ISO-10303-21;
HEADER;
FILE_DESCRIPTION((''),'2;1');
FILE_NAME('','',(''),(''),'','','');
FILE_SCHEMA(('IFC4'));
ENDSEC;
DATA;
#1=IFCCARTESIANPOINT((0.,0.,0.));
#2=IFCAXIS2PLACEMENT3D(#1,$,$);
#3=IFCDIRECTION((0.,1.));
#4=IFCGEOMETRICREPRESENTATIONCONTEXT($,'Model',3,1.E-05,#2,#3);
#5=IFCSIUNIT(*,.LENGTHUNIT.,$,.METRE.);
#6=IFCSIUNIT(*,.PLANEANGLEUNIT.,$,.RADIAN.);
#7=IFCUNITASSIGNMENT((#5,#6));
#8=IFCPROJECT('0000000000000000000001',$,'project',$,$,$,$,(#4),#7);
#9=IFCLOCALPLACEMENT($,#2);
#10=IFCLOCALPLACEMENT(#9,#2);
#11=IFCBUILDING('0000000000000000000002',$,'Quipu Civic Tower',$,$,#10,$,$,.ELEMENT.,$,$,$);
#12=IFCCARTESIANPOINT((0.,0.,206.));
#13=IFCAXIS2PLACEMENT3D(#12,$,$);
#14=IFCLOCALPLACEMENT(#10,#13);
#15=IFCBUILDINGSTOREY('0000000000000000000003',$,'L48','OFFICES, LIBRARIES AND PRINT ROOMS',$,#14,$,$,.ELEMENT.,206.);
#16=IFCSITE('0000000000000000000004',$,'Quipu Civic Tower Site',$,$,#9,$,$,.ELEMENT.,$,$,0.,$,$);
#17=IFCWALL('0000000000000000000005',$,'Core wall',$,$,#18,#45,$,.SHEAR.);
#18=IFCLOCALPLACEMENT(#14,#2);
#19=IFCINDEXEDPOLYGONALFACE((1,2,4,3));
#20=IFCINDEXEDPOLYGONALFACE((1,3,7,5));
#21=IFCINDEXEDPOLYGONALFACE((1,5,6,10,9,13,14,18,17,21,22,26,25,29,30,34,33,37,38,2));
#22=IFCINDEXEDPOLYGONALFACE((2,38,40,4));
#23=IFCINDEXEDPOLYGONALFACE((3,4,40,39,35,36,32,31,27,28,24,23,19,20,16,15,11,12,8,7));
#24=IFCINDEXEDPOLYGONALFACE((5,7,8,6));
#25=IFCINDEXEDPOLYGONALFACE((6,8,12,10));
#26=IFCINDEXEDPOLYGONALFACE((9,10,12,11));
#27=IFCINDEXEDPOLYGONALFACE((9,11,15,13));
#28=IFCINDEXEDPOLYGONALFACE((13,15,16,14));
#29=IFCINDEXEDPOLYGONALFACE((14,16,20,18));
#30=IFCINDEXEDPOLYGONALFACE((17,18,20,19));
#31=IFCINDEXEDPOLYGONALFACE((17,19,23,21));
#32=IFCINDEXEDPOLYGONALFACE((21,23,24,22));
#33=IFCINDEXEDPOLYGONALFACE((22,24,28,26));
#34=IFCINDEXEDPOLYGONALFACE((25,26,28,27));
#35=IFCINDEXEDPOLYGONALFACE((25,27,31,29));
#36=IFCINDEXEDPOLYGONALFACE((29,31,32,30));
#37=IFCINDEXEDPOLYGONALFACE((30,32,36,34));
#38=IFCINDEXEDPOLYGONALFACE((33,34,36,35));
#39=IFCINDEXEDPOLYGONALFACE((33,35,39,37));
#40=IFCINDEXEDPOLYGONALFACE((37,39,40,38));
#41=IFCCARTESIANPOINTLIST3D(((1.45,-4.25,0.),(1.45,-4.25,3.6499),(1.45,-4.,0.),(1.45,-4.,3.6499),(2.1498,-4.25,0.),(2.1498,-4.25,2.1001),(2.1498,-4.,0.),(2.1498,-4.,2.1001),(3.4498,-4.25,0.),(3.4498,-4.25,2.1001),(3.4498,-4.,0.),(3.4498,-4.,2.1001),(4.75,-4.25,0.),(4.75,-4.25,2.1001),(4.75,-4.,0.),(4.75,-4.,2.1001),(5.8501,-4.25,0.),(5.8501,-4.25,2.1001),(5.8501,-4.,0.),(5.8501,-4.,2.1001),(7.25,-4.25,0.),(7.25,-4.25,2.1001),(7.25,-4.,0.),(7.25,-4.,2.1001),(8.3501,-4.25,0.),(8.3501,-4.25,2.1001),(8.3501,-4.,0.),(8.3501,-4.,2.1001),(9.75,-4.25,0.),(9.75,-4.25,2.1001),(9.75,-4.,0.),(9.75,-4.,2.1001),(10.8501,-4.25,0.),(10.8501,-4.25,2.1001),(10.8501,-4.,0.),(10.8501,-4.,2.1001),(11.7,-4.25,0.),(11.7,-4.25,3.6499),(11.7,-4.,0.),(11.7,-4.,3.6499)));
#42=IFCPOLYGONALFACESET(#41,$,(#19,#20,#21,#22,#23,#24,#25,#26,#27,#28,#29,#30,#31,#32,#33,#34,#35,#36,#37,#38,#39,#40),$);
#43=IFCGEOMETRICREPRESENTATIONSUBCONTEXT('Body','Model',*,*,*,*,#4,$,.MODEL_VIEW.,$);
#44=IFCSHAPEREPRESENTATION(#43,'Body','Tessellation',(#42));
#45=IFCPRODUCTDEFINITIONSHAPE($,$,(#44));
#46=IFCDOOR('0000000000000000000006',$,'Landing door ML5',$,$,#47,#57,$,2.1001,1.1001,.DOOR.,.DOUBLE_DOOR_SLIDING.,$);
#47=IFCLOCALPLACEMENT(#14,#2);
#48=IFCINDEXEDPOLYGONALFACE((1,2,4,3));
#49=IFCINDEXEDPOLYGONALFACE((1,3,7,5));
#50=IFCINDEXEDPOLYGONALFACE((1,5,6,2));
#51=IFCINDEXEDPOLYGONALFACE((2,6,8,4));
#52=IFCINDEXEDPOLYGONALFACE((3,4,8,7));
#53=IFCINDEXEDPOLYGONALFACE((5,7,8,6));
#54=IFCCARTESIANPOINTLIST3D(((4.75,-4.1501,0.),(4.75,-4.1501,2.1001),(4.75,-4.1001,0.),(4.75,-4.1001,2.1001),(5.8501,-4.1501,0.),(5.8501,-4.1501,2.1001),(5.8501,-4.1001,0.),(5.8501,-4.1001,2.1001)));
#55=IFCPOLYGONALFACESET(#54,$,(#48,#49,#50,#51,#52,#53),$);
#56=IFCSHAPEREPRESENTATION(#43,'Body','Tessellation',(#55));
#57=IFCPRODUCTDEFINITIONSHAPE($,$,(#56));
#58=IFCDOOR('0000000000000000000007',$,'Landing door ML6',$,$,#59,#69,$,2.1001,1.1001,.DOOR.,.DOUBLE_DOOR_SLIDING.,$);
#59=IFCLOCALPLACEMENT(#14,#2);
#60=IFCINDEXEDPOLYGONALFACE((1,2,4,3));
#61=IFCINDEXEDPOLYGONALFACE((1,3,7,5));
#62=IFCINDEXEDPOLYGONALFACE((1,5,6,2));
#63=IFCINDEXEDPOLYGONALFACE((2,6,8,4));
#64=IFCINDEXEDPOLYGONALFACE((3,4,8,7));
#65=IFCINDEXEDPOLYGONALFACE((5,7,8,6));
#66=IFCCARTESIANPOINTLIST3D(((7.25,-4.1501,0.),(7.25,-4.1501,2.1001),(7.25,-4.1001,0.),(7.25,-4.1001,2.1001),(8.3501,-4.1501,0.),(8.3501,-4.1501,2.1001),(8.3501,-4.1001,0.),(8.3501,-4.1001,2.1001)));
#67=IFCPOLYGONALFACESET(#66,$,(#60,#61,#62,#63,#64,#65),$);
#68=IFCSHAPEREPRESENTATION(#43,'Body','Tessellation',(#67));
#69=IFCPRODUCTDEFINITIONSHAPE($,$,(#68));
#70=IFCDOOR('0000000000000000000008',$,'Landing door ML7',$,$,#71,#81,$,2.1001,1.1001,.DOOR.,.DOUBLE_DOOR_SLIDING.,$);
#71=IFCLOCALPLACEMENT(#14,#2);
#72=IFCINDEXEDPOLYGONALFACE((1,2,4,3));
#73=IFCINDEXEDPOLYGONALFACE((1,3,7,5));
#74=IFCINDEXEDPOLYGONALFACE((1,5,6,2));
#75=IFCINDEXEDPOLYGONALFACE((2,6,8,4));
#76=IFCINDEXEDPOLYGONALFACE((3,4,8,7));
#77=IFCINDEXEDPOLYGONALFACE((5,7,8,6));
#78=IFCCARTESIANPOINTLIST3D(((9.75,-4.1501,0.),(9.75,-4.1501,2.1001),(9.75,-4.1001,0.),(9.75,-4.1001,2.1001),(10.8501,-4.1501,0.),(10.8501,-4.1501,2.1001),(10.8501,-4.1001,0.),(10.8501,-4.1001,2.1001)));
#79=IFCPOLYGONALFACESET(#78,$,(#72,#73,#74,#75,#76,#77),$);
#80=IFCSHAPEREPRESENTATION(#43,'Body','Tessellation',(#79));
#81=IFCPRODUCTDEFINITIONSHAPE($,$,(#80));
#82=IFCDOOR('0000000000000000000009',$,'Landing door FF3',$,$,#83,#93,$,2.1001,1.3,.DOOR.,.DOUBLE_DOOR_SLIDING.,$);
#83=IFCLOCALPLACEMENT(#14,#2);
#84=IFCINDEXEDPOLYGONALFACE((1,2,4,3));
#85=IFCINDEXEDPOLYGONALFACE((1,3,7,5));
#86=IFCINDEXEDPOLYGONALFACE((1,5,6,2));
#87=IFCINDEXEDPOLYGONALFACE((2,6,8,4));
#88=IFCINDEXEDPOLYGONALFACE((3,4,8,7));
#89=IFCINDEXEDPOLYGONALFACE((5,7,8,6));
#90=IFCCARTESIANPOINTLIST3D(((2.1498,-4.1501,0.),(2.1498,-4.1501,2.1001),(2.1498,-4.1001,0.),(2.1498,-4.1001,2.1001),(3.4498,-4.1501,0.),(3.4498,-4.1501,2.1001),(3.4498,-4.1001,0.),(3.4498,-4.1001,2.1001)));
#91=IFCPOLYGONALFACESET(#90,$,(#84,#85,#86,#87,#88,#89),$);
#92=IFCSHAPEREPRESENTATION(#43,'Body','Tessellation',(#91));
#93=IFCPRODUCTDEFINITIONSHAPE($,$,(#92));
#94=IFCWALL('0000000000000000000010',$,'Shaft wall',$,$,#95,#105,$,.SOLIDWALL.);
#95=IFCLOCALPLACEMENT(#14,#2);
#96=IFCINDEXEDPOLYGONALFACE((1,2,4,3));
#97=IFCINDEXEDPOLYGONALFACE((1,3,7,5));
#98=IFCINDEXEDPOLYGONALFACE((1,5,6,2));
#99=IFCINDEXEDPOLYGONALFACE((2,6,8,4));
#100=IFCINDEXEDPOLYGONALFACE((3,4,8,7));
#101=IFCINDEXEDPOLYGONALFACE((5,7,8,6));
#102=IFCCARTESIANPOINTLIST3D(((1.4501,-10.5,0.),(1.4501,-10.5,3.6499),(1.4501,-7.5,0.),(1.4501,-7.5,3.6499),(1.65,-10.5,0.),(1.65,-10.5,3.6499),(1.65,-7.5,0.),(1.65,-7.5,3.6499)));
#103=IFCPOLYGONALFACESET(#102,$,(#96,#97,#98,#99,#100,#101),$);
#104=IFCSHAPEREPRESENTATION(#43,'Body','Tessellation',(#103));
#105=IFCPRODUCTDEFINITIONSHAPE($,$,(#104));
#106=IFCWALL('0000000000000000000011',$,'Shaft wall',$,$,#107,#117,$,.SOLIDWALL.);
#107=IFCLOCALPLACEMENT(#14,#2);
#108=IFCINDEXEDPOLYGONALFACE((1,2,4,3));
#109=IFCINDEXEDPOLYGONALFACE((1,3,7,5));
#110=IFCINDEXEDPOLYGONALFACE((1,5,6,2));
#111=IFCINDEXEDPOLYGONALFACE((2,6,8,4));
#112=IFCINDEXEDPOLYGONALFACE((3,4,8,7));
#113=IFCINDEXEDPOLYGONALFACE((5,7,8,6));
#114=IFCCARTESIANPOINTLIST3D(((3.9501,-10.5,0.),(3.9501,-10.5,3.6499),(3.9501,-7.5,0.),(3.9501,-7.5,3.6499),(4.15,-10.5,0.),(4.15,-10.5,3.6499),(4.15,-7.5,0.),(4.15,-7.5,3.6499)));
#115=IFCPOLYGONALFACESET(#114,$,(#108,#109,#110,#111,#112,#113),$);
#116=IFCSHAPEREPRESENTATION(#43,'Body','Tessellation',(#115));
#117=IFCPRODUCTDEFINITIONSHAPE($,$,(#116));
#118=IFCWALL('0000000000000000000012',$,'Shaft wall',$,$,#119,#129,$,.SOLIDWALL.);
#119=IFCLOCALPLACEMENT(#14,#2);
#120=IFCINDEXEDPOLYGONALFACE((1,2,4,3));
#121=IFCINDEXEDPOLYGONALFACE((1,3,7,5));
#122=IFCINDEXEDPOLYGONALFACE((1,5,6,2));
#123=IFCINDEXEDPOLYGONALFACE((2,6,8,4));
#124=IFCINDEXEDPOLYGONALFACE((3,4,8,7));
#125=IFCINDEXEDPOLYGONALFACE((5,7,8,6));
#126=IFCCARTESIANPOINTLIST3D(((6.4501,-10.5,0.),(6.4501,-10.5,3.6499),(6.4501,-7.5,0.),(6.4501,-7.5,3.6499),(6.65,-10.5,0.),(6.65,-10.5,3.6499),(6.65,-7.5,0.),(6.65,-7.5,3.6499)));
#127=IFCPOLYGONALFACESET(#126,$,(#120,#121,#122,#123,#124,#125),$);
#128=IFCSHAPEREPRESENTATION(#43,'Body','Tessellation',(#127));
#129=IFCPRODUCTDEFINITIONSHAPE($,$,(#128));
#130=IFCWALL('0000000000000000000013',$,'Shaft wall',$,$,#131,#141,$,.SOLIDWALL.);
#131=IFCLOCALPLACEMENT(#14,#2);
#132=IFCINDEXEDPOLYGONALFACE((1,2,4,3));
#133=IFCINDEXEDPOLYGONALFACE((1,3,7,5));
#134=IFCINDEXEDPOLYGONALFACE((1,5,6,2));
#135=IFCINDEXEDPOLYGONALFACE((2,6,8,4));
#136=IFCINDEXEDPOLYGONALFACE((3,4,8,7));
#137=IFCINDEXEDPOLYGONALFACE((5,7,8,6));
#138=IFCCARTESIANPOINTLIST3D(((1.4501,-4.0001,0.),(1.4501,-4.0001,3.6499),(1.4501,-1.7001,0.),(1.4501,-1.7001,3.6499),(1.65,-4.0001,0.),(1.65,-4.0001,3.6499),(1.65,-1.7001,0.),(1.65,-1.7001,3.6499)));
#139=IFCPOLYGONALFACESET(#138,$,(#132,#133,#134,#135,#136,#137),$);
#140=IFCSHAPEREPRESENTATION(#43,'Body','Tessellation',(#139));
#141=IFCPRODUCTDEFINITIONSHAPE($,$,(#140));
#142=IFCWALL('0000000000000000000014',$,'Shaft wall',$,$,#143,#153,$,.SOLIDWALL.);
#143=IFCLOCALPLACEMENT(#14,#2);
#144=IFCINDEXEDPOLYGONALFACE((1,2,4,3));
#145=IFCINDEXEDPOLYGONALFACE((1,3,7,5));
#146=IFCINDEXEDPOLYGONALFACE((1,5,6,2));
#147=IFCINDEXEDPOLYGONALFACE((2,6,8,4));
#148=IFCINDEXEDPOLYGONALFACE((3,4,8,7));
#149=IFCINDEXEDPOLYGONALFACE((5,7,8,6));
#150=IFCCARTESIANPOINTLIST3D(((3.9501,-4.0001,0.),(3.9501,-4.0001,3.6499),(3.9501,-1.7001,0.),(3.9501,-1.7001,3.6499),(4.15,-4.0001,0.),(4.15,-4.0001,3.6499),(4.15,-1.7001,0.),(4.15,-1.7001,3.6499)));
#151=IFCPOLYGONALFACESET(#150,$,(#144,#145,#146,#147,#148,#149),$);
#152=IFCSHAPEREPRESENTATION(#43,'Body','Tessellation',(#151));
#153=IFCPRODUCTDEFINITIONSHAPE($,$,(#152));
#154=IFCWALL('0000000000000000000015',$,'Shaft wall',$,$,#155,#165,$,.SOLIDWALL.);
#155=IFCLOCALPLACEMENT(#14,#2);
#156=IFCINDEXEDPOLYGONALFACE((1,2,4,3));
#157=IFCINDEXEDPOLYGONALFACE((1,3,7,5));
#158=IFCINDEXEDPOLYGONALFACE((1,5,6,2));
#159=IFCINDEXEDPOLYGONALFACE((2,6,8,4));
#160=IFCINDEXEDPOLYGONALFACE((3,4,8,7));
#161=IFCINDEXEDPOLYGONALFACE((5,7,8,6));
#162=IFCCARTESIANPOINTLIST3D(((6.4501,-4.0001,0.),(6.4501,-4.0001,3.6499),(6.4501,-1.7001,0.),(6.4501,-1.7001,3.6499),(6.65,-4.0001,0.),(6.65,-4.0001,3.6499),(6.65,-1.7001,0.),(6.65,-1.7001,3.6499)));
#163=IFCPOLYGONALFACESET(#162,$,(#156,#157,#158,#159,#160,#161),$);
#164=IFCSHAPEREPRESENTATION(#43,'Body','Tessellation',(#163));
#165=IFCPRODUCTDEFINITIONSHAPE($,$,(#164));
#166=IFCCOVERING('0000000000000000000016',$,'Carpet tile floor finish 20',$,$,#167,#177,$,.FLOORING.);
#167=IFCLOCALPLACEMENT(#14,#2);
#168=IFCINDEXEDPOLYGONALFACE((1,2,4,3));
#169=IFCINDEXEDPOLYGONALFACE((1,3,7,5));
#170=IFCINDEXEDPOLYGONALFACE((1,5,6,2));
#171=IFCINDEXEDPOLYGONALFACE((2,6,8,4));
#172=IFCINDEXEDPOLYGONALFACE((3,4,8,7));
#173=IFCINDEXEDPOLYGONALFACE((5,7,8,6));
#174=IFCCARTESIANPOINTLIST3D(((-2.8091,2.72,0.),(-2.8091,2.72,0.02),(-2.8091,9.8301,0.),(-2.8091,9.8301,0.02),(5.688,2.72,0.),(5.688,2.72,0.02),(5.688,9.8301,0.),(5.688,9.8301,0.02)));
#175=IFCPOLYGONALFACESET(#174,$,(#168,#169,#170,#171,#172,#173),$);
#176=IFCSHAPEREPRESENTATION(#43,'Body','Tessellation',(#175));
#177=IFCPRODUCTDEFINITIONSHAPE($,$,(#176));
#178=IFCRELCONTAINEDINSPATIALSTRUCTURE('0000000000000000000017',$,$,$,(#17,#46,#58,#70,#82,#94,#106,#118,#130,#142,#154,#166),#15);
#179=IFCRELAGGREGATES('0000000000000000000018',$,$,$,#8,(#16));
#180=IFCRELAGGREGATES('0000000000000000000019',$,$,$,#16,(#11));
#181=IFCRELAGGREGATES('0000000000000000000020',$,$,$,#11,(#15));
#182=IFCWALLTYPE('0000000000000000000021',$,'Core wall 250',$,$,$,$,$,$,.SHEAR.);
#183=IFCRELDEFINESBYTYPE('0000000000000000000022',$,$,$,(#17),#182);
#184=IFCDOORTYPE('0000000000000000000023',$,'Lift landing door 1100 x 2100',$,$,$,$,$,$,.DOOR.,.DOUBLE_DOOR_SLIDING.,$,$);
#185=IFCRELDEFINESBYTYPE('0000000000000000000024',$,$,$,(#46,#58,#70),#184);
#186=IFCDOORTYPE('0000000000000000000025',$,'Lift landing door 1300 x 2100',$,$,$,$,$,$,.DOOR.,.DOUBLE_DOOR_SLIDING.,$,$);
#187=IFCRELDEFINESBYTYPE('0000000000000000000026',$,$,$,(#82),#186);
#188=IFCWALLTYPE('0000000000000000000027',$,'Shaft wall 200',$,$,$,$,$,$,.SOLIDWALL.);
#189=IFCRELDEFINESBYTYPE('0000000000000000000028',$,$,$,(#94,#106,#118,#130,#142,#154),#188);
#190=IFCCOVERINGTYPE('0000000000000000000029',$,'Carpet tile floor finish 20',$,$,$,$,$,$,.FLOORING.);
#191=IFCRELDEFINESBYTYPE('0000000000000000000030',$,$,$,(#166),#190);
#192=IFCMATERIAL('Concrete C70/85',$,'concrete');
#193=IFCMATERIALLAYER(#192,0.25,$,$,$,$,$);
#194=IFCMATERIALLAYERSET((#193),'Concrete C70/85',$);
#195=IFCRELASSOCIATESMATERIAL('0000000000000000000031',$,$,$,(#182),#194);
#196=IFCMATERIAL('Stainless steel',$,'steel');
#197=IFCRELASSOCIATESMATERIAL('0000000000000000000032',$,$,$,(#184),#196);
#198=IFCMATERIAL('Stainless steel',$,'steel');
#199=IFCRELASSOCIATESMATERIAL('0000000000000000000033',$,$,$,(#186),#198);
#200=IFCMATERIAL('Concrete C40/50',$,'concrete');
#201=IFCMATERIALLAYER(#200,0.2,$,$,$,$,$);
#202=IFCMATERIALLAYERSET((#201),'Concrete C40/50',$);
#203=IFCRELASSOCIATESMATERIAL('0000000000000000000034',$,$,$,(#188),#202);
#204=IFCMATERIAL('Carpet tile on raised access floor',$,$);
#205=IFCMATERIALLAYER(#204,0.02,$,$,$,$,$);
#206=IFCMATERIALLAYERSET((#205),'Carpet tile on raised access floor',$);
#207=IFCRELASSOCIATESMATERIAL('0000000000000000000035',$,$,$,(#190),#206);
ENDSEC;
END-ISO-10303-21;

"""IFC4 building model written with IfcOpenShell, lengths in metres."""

from ifc_helpers import new_model, si_unit, direction, frame, frame_2d, origin, place, context, subcontext, project, spatial, polyline, rectangle, outline, extrude, material, layer, layer_set, type_object, element, fill, save


model = new_model("IFC4")

# Units and contexts
model_context = context("Model", 3, precision=1e-05, world=origin(), true_north=direction((0.0, 1.0)))
body_context = subcontext(model_context, "Body", "Model", "MODEL_VIEW")
ifc_project = project(units=[si_unit("LENGTHUNIT", "METRE"), si_unit("PLANEANGLEUNIT", "RADIAN")], contexts=[model_context])

# Site, building, storey
site_placement = place(None, origin())
site = spatial("IfcSite", under=ifc_project, at=site_placement, Name="Quipu Civic Tower Site", CompositionType="ELEMENT", RefElevation=0.0)
building_placement = place(site_placement, origin())
building = spatial("IfcBuilding", under=site, at=building_placement, Name="Quipu Civic Tower", CompositionType="ELEMENT")
storey_placement = place(building_placement, frame((0.0, 0.0, 206.0)))
storey = spatial("IfcBuildingStorey", under=building, at=storey_placement, Name="L48", Description="OFFICES, LIBRARIES AND PRINT ROOMS", CompositionType="ELEMENT", Elevation=206.0)

# Wall, openings, doors
ifc_material_1 = material(Name="Concrete C70/85", Category="concrete")
ifc_layer_1 = layer(ifc_material_1, 0.25)
ifc_layer_set_1 = layer_set([ifc_layer_1], Name="Concrete C70/85")
wall_type_1 = type_object("IfcWallType", Name="Core wall 250", PredefinedType="SHEAR", material=ifc_layer_set_1)
wall_placement = place(storey_placement, frame((1.45, -4.125, 0.0), z_axis=(0.0, 0.0, 1.0), x_axis=(1.0, 0.0, 0.0)))
wall = element("IfcWall", 1, at=wall_placement, inside=storey, type_object=wall_type_1, Name="Core wall", PredefinedType="SHEAR", context=body_context, shape_type="SweptSolid", body=[
    extrude(rectangle(XDim=10.25, YDim=0.25, at=frame_2d((5.125, 0.0))), origin(), (0.0, 0.0, 1.0), 3.6499),
])
opening_1_placement = place(wall_placement, frame((0.7, 0.0, 0.0)))
opening_1 = element("IfcOpeningElement", 2, at=opening_1_placement, cuts=wall, PredefinedType="OPENING", context=body_context, shape_type="SweptSolid", body=[
    extrude(rectangle(XDim=1.3, YDim=2.1001, at=frame_2d((0.6499, 1.05))), frame((0.0, 0.135, 0.0), z_axis=(0.0, -1.0, 0.0), x_axis=(1.0, 0.0, 0.0)), (0.0, 0.0, 1.0), 0.27),
])
opening_2_placement = place(wall_placement, frame((3.3, 0.0, 0.0)))
opening_2 = element("IfcOpeningElement", 3, at=opening_2_placement, cuts=wall, PredefinedType="OPENING", context=body_context, shape_type="SweptSolid", body=[
    extrude(rectangle(XDim=1.1001, YDim=2.1001, at=frame_2d((0.55, 1.05))), frame((0.0, 0.135, 0.0), z_axis=(0.0, -1.0, 0.0), x_axis=(1.0, 0.0, 0.0)), (0.0, 0.0, 1.0), 0.27),
])
opening_3_placement = place(wall_placement, frame((5.8, 0.0, 0.0)))
opening_3 = element("IfcOpeningElement", 4, at=opening_3_placement, cuts=wall, PredefinedType="OPENING", context=body_context, shape_type="SweptSolid", body=[
    extrude(rectangle(XDim=1.1001, YDim=2.1001, at=frame_2d((0.55, 1.05))), frame((0.0, 0.135, 0.0), z_axis=(0.0, -1.0, 0.0), x_axis=(1.0, 0.0, 0.0)), (0.0, 0.0, 1.0), 0.27),
])
opening_4_placement = place(wall_placement, frame((8.3, 0.0, 0.0)))
opening_4 = element("IfcOpeningElement", 5, at=opening_4_placement, cuts=wall, PredefinedType="OPENING", context=body_context, shape_type="SweptSolid", body=[
    extrude(rectangle(XDim=1.1001, YDim=2.1001, at=frame_2d((0.55, 1.05))), frame((0.0, 0.135, 0.0), z_axis=(0.0, -1.0, 0.0), x_axis=(1.0, 0.0, 0.0)), (0.0, 0.0, 1.0), 0.27),
])
ifc_material_2 = material(Name="Stainless steel", Category="steel")
door_type_1 = type_object("IfcDoorType", Name="Lift landing door 1100 x 2100", OperationType="DOUBLE_DOOR_SLIDING", PredefinedType="DOOR", material=ifc_material_2)
door_1_placement = place(opening_2_placement, origin())
door_1 = element("IfcDoor", 6, at=door_1_placement, inside=storey, type_object=door_type_1, Name="Landing door ML5", OperationType="DOUBLE_DOOR_SLIDING", OverallHeight=2.1001, OverallWidth=1.1001, PredefinedType="DOOR", context=body_context, shape_type="SweptSolid", body=[
    extrude(rectangle(XDim=1.1001, YDim=2.1001, at=frame_2d((0.55, 1.05))), frame((0.0, 0.0249, 0.0), z_axis=(0.0, -1.0, 0.0), x_axis=(1.0, 0.0, 0.0)), (0.0, 0.0, 1.0), 0.05),
])
fill(opening_2, door_1)
door_2_placement = place(opening_3_placement, origin())
door_2 = element("IfcDoor", 7, at=door_2_placement, inside=storey, type_object=door_type_1, Name="Landing door ML6", OperationType="DOUBLE_DOOR_SLIDING", OverallHeight=2.1001, OverallWidth=1.1001, PredefinedType="DOOR", context=body_context, shape_type="SweptSolid", body=[
    extrude(rectangle(XDim=1.1001, YDim=2.1001, at=frame_2d((0.55, 1.05))), frame((0.0, 0.0249, 0.0), z_axis=(0.0, -1.0, 0.0), x_axis=(1.0, 0.0, 0.0)), (0.0, 0.0, 1.0), 0.05),
])
fill(opening_3, door_2)
door_3_placement = place(opening_4_placement, origin())
door_3 = element("IfcDoor", 8, at=door_3_placement, inside=storey, type_object=door_type_1, Name="Landing door ML7", OperationType="DOUBLE_DOOR_SLIDING", OverallHeight=2.1001, OverallWidth=1.1001, PredefinedType="DOOR", context=body_context, shape_type="SweptSolid", body=[
    extrude(rectangle(XDim=1.1001, YDim=2.1001, at=frame_2d((0.55, 1.05))), frame((0.0, 0.0249, 0.0), z_axis=(0.0, -1.0, 0.0), x_axis=(1.0, 0.0, 0.0)), (0.0, 0.0, 1.0), 0.05),
])
fill(opening_4, door_3)
ifc_material_3 = material(Name="Stainless steel", Category="steel")
door_type_2 = type_object("IfcDoorType", Name="Lift landing door 1300 x 2100", OperationType="DOUBLE_DOOR_SLIDING", PredefinedType="DOOR", material=ifc_material_3)
door_4_placement = place(opening_1_placement, origin())
door_4 = element("IfcDoor", 9, at=door_4_placement, inside=storey, type_object=door_type_2, Name="Landing door FF3", OperationType="DOUBLE_DOOR_SLIDING", OverallHeight=2.1001, OverallWidth=1.3, PredefinedType="DOOR", context=body_context, shape_type="SweptSolid", body=[
    extrude(rectangle(XDim=1.3, YDim=2.1001, at=frame_2d((0.6499, 1.05))), frame((0.0, 0.0249, 0.0), z_axis=(0.0, -1.0, 0.0), x_axis=(1.0, 0.0, 0.0)), (0.0, 0.0, 1.0), 0.05),
])
fill(opening_1, door_4)

# Walls
ifc_material_4 = material(Name="Concrete C40/50", Category="concrete")
ifc_layer_2 = layer(ifc_material_4, 0.2)
ifc_layer_set_2 = layer_set([ifc_layer_2], Name="Concrete C40/50")
wall_type_2 = type_object("IfcWallType", Name="Shaft wall 200", PredefinedType="SOLIDWALL", material=ifc_layer_set_2)
for number, where, z_axis, x_axis, name in (
    (10, (1.55, -10.5, 0.0), (0.0, 0.0, 1.0), (0.0, 1.0, 0.0), "Shaft wall"),
    (11, (4.05, -10.5, 0.0), (0.0, 0.0, 1.0), (0.0, 1.0, 0.0), "Shaft wall"),
    (12, (6.55, -10.5, 0.0), (0.0, 0.0, 1.0), (0.0, 1.0, 0.0), "Shaft wall"),
):
    element("IfcWall", number, at=place(storey_placement, frame(where, z_axis=z_axis, x_axis=x_axis)), inside=storey, type_object=wall_type_2, Name=name, PredefinedType="SOLIDWALL", context=body_context, shape_type="SweptSolid", body=[
        extrude(rectangle(XDim=3.0, YDim=0.2, at=frame_2d((1.5, 0.0))), origin(), (0.0, 0.0, 1.0), 3.6499),
    ])
for number, where, z_axis, x_axis, name in (
    (13, (1.55, -4.0, 0.0), (0.0, 0.0, 1.0), (0.0, 1.0, 0.0), "Shaft wall"),
    (14, (4.05, -4.0, 0.0), (0.0, 0.0, 1.0), (0.0, 1.0, 0.0), "Shaft wall"),
    (15, (6.55, -4.0, 0.0), (0.0, 0.0, 1.0), (0.0, 1.0, 0.0), "Shaft wall"),
):
    element("IfcWall", number, at=place(storey_placement, frame(where, z_axis=z_axis, x_axis=x_axis)), inside=storey, type_object=wall_type_2, Name=name, PredefinedType="SOLIDWALL", context=body_context, shape_type="SweptSolid", body=[
        extrude(rectangle(XDim=2.3, YDim=0.2, at=frame_2d((1.1499, 0.0))), origin(), (0.0, 0.0, 1.0), 3.6499),
    ])

# Covering
ifc_material_5 = material(Name="Carpet tile on raised access floor")
ifc_layer_3 = layer(ifc_material_5, 0.02)
ifc_layer_set_3 = layer_set([ifc_layer_3], Name="Carpet tile on raised access floor")
covering_type_1 = type_object("IfcCoveringType", Name="Carpet tile floor finish 20", PredefinedType="FLOORING", material=ifc_layer_set_3)
covering_1_placement = place(storey_placement, origin())
element("IfcCovering", 16, at=covering_1_placement, inside=storey, type_object=covering_type_1, Name="Carpet tile floor finish 20", PredefinedType="FLOORING", context=body_context, shape_type="SweptSolid", body=[
    extrude(outline(polyline([(-2.8091, 2.72), (-2.8091, 9.8301), (5.688, 9.8301), (5.688, 2.72), (-2.8091, 2.72)])), origin(), (0.0, 0.0, 1.0), 0.02),
])

save(model, "model.ifc")
